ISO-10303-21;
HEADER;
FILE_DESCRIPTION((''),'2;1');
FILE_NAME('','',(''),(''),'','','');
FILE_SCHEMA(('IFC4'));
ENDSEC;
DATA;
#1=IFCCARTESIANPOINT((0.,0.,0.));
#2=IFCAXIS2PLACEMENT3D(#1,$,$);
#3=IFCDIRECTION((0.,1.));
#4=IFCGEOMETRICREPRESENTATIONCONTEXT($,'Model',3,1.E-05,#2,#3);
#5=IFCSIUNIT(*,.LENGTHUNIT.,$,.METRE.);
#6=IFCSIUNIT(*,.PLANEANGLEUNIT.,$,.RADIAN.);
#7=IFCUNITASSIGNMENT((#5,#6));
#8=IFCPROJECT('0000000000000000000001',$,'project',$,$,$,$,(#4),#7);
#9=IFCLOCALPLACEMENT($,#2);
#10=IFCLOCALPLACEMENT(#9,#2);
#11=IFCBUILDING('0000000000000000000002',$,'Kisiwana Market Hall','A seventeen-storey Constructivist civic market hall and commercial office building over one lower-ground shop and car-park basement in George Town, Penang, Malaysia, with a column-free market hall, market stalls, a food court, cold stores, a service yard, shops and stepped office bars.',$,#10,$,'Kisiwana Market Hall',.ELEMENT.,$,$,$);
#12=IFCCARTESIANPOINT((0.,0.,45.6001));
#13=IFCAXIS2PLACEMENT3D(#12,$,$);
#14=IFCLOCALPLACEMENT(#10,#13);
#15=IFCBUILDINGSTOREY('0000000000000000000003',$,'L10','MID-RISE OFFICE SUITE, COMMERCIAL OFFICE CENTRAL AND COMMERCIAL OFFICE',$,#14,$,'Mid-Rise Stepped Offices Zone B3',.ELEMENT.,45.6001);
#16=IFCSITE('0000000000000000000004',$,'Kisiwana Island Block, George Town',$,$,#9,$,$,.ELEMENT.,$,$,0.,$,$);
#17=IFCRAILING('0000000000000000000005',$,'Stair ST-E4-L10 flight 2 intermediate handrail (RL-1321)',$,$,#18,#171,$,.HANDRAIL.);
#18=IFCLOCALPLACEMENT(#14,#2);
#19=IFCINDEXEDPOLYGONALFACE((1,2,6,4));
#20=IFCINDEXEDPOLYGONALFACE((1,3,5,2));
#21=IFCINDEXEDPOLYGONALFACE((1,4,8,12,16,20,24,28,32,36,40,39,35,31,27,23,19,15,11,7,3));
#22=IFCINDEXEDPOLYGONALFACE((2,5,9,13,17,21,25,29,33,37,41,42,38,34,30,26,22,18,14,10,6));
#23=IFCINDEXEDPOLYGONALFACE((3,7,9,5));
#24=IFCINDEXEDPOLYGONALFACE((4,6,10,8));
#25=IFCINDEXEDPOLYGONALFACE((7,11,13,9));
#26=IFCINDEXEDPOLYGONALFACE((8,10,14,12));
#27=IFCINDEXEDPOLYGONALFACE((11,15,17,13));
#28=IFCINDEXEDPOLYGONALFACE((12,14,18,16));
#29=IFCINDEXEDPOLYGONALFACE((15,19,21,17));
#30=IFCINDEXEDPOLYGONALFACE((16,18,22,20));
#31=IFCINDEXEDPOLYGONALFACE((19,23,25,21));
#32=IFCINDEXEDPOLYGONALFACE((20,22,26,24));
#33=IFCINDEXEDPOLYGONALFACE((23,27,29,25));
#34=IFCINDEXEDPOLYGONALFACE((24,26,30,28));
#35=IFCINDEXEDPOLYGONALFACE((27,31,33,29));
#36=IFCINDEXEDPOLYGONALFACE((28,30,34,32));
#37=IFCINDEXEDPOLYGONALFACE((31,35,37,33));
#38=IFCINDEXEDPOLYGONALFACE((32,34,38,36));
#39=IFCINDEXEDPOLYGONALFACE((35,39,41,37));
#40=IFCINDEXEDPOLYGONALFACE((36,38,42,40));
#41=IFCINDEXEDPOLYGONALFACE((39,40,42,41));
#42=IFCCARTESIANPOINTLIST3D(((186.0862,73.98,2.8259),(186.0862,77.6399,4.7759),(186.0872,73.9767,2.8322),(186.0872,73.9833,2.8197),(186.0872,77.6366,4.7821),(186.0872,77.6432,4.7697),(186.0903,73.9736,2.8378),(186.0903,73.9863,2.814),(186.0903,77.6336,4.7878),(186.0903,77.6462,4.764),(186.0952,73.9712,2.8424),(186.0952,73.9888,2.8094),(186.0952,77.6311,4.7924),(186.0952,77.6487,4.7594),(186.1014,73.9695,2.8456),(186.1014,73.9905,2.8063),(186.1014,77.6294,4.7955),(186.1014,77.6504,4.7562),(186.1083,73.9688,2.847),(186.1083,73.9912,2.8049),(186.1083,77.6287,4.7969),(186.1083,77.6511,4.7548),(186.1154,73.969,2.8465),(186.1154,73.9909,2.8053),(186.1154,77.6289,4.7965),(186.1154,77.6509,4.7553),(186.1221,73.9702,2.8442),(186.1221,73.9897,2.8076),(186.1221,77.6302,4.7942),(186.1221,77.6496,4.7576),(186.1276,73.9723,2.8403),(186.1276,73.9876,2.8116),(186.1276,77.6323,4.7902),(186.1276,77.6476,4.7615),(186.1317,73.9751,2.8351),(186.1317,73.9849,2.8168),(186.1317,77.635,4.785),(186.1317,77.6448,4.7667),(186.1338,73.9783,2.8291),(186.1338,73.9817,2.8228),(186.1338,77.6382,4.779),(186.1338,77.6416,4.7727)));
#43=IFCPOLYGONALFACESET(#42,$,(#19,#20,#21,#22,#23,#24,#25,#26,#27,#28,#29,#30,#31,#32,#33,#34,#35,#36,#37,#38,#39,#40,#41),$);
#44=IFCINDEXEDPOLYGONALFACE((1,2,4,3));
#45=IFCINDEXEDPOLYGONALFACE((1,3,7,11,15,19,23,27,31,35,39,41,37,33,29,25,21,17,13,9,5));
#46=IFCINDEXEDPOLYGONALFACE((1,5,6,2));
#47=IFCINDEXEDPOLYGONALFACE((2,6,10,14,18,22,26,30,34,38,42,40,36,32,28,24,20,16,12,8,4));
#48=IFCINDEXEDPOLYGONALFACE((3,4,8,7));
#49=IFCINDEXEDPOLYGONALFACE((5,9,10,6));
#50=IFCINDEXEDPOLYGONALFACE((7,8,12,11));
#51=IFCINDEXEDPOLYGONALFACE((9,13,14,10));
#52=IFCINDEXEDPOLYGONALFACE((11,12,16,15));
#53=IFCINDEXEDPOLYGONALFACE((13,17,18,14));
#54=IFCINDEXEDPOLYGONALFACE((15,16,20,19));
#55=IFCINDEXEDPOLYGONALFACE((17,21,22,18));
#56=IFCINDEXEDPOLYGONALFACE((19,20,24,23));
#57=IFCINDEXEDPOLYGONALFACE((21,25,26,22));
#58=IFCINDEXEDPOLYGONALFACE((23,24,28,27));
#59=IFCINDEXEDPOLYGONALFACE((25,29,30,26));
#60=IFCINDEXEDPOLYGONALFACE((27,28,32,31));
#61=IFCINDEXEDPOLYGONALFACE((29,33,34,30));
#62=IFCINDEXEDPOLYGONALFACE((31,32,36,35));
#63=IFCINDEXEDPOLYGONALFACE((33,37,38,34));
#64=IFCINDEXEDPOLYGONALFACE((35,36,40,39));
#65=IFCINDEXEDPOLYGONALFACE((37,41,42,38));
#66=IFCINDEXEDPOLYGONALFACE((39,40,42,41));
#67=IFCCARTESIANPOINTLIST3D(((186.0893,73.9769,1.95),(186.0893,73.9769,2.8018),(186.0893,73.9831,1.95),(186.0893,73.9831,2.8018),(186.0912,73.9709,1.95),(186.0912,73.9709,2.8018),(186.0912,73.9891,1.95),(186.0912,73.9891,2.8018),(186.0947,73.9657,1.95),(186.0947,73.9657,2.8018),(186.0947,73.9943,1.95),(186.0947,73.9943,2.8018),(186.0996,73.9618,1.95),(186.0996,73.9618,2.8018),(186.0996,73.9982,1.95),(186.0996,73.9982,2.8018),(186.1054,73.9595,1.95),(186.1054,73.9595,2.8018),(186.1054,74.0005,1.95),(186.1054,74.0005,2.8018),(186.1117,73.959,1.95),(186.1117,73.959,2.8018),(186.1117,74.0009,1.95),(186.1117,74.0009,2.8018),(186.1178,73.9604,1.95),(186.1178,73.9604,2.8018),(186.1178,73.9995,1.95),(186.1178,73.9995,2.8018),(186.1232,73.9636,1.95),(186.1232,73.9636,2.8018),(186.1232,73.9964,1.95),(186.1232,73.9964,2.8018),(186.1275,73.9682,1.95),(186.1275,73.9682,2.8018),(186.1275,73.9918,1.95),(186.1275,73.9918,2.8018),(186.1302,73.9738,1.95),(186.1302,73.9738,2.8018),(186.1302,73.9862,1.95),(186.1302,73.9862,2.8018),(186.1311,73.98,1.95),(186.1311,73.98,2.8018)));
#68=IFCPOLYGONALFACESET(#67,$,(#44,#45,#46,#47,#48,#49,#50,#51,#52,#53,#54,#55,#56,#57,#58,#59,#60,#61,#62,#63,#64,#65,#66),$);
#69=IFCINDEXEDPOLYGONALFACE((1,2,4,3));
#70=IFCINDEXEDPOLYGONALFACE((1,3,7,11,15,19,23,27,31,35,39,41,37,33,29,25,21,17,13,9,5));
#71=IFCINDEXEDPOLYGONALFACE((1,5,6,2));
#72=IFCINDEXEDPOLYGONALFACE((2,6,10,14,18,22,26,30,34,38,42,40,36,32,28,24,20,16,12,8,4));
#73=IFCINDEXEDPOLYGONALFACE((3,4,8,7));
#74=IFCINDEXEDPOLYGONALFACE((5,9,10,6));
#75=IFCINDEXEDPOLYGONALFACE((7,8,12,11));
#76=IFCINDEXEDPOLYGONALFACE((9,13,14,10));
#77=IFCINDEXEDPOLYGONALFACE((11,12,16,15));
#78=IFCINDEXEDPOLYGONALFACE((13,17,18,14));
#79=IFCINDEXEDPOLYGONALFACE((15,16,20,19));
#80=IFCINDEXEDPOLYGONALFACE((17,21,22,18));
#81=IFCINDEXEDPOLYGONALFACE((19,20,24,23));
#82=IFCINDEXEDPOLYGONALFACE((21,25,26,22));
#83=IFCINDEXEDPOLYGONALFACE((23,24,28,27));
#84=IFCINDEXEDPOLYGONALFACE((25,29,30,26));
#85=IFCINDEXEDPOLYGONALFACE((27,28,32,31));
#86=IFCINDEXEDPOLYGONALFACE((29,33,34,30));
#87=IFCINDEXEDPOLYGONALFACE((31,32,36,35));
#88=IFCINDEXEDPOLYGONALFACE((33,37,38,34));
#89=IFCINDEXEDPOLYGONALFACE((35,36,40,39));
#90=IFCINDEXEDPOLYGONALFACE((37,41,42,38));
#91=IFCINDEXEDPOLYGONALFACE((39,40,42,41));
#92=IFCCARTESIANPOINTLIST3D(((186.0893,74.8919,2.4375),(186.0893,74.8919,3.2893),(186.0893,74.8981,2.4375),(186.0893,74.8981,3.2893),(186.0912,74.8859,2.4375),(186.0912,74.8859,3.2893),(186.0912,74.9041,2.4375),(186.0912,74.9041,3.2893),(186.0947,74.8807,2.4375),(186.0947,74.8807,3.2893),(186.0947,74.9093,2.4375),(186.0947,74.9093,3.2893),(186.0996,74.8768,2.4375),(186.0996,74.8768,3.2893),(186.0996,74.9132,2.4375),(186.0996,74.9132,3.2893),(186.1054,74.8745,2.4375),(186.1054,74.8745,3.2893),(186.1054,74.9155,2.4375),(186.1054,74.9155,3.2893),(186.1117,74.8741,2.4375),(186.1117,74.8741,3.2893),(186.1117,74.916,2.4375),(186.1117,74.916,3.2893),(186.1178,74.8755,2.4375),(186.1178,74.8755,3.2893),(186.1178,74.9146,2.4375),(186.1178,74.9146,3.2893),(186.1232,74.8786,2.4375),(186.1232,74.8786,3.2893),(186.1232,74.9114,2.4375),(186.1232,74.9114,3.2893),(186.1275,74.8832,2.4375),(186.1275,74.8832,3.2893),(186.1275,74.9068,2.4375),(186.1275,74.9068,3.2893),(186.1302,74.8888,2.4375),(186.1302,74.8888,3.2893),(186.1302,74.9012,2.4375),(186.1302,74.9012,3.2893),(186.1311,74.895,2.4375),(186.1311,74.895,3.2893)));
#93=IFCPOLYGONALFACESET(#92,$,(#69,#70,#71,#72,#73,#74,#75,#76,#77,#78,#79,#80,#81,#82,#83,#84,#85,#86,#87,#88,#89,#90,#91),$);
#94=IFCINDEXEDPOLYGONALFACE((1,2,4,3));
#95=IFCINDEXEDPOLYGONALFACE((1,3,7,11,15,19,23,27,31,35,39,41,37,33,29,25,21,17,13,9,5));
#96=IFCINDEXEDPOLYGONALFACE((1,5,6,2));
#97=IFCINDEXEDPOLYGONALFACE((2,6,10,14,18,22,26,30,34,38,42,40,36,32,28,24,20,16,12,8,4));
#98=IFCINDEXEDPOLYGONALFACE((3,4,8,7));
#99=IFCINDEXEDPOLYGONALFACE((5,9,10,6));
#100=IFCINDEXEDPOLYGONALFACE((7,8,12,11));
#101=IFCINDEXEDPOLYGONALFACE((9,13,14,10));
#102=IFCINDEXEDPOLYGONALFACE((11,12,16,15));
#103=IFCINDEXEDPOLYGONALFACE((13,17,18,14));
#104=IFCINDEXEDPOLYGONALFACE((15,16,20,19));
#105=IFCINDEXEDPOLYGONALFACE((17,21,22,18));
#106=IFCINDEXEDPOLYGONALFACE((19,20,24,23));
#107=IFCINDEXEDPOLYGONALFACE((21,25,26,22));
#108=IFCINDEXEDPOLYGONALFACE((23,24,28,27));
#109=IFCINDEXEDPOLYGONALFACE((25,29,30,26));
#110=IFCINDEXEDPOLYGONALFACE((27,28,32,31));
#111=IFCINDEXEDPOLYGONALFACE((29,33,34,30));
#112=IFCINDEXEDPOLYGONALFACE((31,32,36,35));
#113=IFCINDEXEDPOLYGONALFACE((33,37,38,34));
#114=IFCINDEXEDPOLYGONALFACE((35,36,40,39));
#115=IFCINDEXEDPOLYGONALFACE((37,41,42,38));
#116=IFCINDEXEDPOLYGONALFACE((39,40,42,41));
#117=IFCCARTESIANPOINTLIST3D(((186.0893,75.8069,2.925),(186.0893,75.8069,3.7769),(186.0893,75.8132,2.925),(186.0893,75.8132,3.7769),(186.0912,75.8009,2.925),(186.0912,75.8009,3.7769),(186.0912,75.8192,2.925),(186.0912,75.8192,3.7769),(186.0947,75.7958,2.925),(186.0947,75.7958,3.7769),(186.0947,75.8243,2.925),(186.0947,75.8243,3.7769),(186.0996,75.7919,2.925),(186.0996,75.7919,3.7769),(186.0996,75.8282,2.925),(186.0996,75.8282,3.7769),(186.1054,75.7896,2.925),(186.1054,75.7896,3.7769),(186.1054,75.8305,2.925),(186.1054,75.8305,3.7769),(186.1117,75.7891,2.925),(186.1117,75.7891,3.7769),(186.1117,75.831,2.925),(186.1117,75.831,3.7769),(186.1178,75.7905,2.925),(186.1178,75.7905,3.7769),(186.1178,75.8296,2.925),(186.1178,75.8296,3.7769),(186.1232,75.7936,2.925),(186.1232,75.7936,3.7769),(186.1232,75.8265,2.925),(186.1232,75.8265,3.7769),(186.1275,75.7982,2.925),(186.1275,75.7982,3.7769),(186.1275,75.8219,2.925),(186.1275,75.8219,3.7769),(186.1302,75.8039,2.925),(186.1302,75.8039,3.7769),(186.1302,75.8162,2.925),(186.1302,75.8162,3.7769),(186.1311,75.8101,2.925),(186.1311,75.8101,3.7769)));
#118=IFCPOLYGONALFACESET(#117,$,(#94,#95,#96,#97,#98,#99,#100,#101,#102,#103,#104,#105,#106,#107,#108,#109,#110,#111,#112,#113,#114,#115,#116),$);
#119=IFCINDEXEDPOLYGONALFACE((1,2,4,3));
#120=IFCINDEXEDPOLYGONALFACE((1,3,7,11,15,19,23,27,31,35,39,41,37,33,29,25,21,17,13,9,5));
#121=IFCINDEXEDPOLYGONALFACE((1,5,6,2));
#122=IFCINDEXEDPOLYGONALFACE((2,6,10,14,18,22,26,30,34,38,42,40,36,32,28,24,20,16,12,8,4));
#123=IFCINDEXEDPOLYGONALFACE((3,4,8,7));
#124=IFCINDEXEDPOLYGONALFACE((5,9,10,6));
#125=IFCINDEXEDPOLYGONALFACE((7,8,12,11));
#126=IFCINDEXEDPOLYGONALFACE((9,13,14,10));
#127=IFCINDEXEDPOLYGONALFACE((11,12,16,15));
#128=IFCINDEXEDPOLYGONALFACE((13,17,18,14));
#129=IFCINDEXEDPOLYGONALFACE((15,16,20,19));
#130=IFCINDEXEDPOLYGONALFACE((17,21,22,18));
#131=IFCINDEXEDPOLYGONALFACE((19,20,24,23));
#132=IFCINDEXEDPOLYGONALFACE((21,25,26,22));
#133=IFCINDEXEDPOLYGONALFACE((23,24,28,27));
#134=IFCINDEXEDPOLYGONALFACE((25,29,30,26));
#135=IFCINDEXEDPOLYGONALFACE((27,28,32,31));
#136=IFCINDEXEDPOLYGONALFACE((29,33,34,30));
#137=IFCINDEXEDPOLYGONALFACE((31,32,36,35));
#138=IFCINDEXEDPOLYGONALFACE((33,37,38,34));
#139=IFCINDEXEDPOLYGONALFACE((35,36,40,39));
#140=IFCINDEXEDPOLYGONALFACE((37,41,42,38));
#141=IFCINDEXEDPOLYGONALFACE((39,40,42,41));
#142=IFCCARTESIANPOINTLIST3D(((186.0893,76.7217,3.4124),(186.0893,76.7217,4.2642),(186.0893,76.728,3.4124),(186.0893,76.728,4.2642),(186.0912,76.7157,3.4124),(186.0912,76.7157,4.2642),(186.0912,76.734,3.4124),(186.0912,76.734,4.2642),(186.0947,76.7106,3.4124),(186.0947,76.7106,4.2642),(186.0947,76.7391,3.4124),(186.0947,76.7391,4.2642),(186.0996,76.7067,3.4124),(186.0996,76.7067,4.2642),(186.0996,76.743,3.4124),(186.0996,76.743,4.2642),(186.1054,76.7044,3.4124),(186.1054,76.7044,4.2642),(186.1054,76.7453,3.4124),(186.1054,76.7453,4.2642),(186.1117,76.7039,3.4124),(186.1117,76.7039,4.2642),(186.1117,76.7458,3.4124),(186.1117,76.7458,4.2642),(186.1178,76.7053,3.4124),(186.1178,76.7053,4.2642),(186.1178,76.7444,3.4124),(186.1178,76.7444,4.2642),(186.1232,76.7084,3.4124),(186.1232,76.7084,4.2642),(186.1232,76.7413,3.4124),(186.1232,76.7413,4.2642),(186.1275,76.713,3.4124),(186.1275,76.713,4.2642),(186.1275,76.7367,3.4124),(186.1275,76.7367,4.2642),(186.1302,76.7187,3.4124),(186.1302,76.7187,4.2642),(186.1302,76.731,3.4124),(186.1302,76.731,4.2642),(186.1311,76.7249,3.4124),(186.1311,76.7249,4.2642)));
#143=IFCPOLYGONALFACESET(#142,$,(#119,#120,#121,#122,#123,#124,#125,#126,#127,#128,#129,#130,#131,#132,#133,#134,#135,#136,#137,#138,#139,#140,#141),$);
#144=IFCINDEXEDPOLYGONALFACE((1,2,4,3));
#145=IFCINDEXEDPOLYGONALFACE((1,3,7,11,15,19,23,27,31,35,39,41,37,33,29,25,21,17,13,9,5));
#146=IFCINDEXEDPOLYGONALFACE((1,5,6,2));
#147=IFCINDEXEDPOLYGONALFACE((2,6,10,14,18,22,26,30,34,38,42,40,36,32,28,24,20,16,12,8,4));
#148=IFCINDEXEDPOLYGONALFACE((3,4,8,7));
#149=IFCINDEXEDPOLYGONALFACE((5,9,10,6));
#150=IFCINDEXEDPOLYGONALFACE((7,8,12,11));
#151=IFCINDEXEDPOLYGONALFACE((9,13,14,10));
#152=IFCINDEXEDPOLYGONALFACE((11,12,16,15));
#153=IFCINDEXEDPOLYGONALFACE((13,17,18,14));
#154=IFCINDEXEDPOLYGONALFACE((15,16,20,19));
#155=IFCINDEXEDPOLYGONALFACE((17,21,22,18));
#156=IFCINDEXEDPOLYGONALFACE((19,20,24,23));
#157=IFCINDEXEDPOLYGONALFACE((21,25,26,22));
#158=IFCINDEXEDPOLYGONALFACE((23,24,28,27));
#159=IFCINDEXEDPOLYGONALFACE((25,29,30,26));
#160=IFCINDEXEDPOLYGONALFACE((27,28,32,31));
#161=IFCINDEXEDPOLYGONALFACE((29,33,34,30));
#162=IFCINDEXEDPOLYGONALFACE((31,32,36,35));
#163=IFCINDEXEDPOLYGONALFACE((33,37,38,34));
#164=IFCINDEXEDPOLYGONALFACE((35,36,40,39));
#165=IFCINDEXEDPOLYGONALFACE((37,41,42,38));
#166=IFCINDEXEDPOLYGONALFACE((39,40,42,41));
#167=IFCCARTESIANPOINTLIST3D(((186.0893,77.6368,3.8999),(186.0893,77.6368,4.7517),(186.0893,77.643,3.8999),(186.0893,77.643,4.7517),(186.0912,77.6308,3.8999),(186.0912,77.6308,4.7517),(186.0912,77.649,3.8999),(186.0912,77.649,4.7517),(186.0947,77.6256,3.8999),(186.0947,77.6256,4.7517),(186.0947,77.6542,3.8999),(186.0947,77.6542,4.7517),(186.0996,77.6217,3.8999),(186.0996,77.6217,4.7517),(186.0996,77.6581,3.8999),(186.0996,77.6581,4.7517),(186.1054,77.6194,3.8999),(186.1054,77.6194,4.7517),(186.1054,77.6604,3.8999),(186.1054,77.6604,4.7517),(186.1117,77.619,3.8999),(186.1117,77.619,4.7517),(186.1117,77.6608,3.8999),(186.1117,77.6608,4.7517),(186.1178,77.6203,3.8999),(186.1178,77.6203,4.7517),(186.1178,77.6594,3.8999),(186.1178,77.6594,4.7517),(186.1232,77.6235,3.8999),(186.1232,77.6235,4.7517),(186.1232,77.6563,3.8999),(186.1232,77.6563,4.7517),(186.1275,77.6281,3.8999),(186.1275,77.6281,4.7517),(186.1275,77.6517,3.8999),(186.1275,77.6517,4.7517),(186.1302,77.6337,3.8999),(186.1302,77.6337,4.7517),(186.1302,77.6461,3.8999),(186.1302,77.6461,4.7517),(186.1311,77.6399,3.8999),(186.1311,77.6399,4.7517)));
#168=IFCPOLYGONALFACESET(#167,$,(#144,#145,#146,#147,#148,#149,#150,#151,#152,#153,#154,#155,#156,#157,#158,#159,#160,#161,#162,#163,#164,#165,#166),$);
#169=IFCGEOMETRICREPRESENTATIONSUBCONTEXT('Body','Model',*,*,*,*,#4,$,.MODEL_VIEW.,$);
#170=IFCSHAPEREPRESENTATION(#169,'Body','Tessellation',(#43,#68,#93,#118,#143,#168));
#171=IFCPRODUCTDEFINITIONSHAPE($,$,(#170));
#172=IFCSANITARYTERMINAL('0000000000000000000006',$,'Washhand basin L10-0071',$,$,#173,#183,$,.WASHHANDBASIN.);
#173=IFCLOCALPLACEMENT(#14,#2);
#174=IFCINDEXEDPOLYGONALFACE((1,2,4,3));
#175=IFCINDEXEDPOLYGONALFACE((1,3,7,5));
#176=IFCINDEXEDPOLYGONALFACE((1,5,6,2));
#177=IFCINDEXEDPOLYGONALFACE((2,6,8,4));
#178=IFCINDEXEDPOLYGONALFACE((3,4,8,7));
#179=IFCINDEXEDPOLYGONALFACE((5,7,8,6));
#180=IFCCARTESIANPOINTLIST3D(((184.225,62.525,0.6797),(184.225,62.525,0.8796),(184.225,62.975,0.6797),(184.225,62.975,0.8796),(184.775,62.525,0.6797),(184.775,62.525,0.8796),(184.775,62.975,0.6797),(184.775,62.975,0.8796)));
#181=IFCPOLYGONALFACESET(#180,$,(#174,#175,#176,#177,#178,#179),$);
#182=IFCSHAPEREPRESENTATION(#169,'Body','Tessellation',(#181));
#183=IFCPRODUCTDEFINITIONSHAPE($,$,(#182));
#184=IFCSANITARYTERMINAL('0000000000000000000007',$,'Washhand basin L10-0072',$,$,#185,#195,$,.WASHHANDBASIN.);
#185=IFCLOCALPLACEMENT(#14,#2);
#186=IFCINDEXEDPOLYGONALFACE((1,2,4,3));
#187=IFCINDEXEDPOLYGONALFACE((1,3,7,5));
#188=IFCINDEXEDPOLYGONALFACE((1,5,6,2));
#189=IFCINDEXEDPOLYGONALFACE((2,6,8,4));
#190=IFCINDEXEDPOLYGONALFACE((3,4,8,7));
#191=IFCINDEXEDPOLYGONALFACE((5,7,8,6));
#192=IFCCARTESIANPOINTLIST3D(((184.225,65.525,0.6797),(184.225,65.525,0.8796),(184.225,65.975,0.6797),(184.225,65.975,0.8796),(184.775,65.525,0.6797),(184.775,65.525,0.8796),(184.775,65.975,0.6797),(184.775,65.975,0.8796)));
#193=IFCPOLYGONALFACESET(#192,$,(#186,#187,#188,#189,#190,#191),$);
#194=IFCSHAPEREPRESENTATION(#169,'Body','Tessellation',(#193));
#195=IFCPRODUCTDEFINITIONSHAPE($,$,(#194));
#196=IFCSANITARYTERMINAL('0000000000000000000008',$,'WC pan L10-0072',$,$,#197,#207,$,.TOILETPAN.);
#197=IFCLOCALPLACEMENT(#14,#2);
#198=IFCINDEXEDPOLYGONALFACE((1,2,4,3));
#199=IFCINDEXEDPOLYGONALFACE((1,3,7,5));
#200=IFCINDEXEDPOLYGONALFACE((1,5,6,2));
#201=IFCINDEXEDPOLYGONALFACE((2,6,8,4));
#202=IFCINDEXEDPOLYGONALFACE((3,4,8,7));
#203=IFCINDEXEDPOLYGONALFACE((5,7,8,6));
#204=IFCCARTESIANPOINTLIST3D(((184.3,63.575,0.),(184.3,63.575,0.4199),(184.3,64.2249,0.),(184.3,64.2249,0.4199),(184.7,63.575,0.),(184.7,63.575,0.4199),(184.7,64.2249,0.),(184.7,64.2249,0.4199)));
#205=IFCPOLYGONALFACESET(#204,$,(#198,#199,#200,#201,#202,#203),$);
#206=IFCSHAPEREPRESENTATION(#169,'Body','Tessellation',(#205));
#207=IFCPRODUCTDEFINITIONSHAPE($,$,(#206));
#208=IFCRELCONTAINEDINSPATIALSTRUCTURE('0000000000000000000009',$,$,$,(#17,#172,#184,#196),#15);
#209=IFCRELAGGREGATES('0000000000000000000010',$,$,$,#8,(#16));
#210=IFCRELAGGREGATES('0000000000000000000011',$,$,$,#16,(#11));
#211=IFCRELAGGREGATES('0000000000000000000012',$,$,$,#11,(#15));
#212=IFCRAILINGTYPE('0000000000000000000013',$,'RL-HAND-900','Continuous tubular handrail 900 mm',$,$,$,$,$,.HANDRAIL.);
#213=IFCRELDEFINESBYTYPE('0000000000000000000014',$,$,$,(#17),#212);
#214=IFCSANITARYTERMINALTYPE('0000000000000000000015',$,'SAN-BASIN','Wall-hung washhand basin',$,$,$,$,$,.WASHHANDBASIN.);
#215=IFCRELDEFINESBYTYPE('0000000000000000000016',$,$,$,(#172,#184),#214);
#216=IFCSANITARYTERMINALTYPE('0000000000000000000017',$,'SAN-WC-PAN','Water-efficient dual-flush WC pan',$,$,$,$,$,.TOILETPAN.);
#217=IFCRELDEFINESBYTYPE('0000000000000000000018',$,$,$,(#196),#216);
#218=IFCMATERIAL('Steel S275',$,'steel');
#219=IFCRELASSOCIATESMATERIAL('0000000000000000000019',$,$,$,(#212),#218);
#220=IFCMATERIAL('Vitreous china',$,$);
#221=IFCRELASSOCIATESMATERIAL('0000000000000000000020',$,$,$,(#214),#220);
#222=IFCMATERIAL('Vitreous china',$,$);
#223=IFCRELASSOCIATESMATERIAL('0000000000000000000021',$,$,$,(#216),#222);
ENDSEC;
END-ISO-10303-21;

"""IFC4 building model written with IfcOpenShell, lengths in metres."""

from ifc_helpers import new_model, si_unit, direction, frame, origin, origin_2d, place, context, subcontext, project, spatial, rectangle, circle, extrude, material, type_object, element, save


model = new_model("IFC4")

# Units and contexts
model_context = context("Model", 3, precision=1e-05, world=origin(), true_north=direction((0.0, 1.0)))
body_context = subcontext(model_context, "Body", "Model", "MODEL_VIEW")
ifc_project = project(units=[si_unit("LENGTHUNIT", "METRE"), si_unit("PLANEANGLEUNIT", "RADIAN")], contexts=[model_context])

# Site, building, storey
site_placement = place(None, origin())
site = spatial("IfcSite", under=ifc_project, at=site_placement, Name="Kisiwana Island Block, George Town", CompositionType="ELEMENT", RefElevation=0.0)
building_placement = place(site_placement, origin())
building = spatial("IfcBuilding", under=site, at=building_placement, Name="Kisiwana Market Hall", Description="A seventeen-storey Constructivist civic market hall and commercial office building over one lower-ground shop and car-park basement in George Town, Penang, Malaysia, with a column-free market hall, market stalls, a food court, cold stores, a service yard, shops and stepped office bars.", LongName="Kisiwana Market Hall", CompositionType="ELEMENT")
storey_placement = place(building_placement, frame((0.0, 0.0, 45.6001)))
storey = spatial("IfcBuildingStorey", under=building, at=storey_placement, Name="L10", Description="MID-RISE OFFICE SUITE, COMMERCIAL OFFICE CENTRAL AND COMMERCIAL OFFICE", LongName="Mid-Rise Stepped Offices Zone B3", CompositionType="ELEMENT", Elevation=45.6001)

# Railing
ifc_material_1 = material(Name="Steel S275", Category="steel")
railing_type_1 = type_object("IfcRailingType", Name="RL-HAND-900", Description="Continuous tubular handrail 900 mm", PredefinedType="HANDRAIL", material=ifc_material_1)
railing_1_placement = place(storey_placement, frame((186.1101, 73.98, 1.95)))
element("IfcRailing", 1, at=railing_1_placement, inside=storey, type_object=railing_type_1, Name="Stair ST-E4-L10 flight 2 intermediate handrail (RL-1321)", PredefinedType="HANDRAIL", context=body_context, shape_type="SweptSolid", body=[
    extrude(circle(Radius=0.0239, at=origin_2d()), frame((0.0, 0.0, 0.876), z_axis=(0.0, 0.882553, 0.470212), x_axis=(-1.0, 0.0, 0.0)), (0.0, 0.0, 1.0), 4.147),
    extrude(circle(Radius=0.021, at=origin_2d()), origin(), (0.0, 0.0, 1.0), 0.8518),
    extrude(circle(Radius=0.021, at=origin_2d()), frame((0.0, 0.915, 0.4875)), (0.0, 0.0, 1.0), 0.8518),
    extrude(circle(Radius=0.021, at=origin_2d()), frame((0.0, 1.8301, 0.9751)), (0.0, 0.0, 1.0), 0.8518),
    extrude(circle(Radius=0.021, at=origin_2d()), frame((0.0, 2.7449, 1.4624)), (0.0, 0.0, 1.0), 0.8518),
    extrude(circle(Radius=0.021, at=origin_2d()), frame((0.0, 3.6599, 1.95)), (0.0, 0.0, 1.0), 0.8518),
])

# Sanitary terminals
ifc_material_2 = material(Name="Vitreous china")
sanitary_terminal_type_1 = type_object("IfcSanitaryTerminalType", Name="SAN-BASIN", Description="Wall-hung washhand basin", PredefinedType="WASHHANDBASIN", material=ifc_material_2)
for number, where, z_axis, x_axis, name in (
    (2, (184.5, 62.75, 0.6797), (0.0, 0.0, 1.0), (1.0, 0.0, 0.0), "Washhand basin L10-0071"),
    (3, (184.5, 65.75, 0.6797), (0.0, 0.0, 1.0), (1.0, 0.0, 0.0), "Washhand basin L10-0072"),
):
    element("IfcSanitaryTerminal", number, at=place(storey_placement, frame(where, z_axis=z_axis, x_axis=x_axis)), inside=storey, type_object=sanitary_terminal_type_1, Name=name, PredefinedType="WASHHANDBASIN", context=body_context, shape_type="SweptSolid", body=[
        extrude(rectangle(XDim=0.55, YDim=0.45, at=origin_2d()), origin(), (0.0, 0.0, 1.0), 0.2),
    ])
ifc_material_3 = material(Name="Vitreous china")
sanitary_terminal_type_2 = type_object("IfcSanitaryTerminalType", Name="SAN-WC-PAN", Description="Water-efficient dual-flush WC pan", PredefinedType="TOILETPAN", material=ifc_material_3)
sanitary_terminal_placement = place(storey_placement, frame((184.5, 63.8999, 0.0), z_axis=(0.0, 0.0, 1.0), x_axis=(1.0, 0.0, 0.0)))
element("IfcSanitaryTerminal", 4, at=sanitary_terminal_placement, inside=storey, type_object=sanitary_terminal_type_2, Name="WC pan L10-0072", PredefinedType="TOILETPAN", context=body_context, shape_type="SweptSolid", body=[
    extrude(rectangle(XDim=0.3999, YDim=0.6499, at=origin_2d()), origin(), (0.0, 0.0, 1.0), 0.4199),
])

save(model, "model.ifc")
